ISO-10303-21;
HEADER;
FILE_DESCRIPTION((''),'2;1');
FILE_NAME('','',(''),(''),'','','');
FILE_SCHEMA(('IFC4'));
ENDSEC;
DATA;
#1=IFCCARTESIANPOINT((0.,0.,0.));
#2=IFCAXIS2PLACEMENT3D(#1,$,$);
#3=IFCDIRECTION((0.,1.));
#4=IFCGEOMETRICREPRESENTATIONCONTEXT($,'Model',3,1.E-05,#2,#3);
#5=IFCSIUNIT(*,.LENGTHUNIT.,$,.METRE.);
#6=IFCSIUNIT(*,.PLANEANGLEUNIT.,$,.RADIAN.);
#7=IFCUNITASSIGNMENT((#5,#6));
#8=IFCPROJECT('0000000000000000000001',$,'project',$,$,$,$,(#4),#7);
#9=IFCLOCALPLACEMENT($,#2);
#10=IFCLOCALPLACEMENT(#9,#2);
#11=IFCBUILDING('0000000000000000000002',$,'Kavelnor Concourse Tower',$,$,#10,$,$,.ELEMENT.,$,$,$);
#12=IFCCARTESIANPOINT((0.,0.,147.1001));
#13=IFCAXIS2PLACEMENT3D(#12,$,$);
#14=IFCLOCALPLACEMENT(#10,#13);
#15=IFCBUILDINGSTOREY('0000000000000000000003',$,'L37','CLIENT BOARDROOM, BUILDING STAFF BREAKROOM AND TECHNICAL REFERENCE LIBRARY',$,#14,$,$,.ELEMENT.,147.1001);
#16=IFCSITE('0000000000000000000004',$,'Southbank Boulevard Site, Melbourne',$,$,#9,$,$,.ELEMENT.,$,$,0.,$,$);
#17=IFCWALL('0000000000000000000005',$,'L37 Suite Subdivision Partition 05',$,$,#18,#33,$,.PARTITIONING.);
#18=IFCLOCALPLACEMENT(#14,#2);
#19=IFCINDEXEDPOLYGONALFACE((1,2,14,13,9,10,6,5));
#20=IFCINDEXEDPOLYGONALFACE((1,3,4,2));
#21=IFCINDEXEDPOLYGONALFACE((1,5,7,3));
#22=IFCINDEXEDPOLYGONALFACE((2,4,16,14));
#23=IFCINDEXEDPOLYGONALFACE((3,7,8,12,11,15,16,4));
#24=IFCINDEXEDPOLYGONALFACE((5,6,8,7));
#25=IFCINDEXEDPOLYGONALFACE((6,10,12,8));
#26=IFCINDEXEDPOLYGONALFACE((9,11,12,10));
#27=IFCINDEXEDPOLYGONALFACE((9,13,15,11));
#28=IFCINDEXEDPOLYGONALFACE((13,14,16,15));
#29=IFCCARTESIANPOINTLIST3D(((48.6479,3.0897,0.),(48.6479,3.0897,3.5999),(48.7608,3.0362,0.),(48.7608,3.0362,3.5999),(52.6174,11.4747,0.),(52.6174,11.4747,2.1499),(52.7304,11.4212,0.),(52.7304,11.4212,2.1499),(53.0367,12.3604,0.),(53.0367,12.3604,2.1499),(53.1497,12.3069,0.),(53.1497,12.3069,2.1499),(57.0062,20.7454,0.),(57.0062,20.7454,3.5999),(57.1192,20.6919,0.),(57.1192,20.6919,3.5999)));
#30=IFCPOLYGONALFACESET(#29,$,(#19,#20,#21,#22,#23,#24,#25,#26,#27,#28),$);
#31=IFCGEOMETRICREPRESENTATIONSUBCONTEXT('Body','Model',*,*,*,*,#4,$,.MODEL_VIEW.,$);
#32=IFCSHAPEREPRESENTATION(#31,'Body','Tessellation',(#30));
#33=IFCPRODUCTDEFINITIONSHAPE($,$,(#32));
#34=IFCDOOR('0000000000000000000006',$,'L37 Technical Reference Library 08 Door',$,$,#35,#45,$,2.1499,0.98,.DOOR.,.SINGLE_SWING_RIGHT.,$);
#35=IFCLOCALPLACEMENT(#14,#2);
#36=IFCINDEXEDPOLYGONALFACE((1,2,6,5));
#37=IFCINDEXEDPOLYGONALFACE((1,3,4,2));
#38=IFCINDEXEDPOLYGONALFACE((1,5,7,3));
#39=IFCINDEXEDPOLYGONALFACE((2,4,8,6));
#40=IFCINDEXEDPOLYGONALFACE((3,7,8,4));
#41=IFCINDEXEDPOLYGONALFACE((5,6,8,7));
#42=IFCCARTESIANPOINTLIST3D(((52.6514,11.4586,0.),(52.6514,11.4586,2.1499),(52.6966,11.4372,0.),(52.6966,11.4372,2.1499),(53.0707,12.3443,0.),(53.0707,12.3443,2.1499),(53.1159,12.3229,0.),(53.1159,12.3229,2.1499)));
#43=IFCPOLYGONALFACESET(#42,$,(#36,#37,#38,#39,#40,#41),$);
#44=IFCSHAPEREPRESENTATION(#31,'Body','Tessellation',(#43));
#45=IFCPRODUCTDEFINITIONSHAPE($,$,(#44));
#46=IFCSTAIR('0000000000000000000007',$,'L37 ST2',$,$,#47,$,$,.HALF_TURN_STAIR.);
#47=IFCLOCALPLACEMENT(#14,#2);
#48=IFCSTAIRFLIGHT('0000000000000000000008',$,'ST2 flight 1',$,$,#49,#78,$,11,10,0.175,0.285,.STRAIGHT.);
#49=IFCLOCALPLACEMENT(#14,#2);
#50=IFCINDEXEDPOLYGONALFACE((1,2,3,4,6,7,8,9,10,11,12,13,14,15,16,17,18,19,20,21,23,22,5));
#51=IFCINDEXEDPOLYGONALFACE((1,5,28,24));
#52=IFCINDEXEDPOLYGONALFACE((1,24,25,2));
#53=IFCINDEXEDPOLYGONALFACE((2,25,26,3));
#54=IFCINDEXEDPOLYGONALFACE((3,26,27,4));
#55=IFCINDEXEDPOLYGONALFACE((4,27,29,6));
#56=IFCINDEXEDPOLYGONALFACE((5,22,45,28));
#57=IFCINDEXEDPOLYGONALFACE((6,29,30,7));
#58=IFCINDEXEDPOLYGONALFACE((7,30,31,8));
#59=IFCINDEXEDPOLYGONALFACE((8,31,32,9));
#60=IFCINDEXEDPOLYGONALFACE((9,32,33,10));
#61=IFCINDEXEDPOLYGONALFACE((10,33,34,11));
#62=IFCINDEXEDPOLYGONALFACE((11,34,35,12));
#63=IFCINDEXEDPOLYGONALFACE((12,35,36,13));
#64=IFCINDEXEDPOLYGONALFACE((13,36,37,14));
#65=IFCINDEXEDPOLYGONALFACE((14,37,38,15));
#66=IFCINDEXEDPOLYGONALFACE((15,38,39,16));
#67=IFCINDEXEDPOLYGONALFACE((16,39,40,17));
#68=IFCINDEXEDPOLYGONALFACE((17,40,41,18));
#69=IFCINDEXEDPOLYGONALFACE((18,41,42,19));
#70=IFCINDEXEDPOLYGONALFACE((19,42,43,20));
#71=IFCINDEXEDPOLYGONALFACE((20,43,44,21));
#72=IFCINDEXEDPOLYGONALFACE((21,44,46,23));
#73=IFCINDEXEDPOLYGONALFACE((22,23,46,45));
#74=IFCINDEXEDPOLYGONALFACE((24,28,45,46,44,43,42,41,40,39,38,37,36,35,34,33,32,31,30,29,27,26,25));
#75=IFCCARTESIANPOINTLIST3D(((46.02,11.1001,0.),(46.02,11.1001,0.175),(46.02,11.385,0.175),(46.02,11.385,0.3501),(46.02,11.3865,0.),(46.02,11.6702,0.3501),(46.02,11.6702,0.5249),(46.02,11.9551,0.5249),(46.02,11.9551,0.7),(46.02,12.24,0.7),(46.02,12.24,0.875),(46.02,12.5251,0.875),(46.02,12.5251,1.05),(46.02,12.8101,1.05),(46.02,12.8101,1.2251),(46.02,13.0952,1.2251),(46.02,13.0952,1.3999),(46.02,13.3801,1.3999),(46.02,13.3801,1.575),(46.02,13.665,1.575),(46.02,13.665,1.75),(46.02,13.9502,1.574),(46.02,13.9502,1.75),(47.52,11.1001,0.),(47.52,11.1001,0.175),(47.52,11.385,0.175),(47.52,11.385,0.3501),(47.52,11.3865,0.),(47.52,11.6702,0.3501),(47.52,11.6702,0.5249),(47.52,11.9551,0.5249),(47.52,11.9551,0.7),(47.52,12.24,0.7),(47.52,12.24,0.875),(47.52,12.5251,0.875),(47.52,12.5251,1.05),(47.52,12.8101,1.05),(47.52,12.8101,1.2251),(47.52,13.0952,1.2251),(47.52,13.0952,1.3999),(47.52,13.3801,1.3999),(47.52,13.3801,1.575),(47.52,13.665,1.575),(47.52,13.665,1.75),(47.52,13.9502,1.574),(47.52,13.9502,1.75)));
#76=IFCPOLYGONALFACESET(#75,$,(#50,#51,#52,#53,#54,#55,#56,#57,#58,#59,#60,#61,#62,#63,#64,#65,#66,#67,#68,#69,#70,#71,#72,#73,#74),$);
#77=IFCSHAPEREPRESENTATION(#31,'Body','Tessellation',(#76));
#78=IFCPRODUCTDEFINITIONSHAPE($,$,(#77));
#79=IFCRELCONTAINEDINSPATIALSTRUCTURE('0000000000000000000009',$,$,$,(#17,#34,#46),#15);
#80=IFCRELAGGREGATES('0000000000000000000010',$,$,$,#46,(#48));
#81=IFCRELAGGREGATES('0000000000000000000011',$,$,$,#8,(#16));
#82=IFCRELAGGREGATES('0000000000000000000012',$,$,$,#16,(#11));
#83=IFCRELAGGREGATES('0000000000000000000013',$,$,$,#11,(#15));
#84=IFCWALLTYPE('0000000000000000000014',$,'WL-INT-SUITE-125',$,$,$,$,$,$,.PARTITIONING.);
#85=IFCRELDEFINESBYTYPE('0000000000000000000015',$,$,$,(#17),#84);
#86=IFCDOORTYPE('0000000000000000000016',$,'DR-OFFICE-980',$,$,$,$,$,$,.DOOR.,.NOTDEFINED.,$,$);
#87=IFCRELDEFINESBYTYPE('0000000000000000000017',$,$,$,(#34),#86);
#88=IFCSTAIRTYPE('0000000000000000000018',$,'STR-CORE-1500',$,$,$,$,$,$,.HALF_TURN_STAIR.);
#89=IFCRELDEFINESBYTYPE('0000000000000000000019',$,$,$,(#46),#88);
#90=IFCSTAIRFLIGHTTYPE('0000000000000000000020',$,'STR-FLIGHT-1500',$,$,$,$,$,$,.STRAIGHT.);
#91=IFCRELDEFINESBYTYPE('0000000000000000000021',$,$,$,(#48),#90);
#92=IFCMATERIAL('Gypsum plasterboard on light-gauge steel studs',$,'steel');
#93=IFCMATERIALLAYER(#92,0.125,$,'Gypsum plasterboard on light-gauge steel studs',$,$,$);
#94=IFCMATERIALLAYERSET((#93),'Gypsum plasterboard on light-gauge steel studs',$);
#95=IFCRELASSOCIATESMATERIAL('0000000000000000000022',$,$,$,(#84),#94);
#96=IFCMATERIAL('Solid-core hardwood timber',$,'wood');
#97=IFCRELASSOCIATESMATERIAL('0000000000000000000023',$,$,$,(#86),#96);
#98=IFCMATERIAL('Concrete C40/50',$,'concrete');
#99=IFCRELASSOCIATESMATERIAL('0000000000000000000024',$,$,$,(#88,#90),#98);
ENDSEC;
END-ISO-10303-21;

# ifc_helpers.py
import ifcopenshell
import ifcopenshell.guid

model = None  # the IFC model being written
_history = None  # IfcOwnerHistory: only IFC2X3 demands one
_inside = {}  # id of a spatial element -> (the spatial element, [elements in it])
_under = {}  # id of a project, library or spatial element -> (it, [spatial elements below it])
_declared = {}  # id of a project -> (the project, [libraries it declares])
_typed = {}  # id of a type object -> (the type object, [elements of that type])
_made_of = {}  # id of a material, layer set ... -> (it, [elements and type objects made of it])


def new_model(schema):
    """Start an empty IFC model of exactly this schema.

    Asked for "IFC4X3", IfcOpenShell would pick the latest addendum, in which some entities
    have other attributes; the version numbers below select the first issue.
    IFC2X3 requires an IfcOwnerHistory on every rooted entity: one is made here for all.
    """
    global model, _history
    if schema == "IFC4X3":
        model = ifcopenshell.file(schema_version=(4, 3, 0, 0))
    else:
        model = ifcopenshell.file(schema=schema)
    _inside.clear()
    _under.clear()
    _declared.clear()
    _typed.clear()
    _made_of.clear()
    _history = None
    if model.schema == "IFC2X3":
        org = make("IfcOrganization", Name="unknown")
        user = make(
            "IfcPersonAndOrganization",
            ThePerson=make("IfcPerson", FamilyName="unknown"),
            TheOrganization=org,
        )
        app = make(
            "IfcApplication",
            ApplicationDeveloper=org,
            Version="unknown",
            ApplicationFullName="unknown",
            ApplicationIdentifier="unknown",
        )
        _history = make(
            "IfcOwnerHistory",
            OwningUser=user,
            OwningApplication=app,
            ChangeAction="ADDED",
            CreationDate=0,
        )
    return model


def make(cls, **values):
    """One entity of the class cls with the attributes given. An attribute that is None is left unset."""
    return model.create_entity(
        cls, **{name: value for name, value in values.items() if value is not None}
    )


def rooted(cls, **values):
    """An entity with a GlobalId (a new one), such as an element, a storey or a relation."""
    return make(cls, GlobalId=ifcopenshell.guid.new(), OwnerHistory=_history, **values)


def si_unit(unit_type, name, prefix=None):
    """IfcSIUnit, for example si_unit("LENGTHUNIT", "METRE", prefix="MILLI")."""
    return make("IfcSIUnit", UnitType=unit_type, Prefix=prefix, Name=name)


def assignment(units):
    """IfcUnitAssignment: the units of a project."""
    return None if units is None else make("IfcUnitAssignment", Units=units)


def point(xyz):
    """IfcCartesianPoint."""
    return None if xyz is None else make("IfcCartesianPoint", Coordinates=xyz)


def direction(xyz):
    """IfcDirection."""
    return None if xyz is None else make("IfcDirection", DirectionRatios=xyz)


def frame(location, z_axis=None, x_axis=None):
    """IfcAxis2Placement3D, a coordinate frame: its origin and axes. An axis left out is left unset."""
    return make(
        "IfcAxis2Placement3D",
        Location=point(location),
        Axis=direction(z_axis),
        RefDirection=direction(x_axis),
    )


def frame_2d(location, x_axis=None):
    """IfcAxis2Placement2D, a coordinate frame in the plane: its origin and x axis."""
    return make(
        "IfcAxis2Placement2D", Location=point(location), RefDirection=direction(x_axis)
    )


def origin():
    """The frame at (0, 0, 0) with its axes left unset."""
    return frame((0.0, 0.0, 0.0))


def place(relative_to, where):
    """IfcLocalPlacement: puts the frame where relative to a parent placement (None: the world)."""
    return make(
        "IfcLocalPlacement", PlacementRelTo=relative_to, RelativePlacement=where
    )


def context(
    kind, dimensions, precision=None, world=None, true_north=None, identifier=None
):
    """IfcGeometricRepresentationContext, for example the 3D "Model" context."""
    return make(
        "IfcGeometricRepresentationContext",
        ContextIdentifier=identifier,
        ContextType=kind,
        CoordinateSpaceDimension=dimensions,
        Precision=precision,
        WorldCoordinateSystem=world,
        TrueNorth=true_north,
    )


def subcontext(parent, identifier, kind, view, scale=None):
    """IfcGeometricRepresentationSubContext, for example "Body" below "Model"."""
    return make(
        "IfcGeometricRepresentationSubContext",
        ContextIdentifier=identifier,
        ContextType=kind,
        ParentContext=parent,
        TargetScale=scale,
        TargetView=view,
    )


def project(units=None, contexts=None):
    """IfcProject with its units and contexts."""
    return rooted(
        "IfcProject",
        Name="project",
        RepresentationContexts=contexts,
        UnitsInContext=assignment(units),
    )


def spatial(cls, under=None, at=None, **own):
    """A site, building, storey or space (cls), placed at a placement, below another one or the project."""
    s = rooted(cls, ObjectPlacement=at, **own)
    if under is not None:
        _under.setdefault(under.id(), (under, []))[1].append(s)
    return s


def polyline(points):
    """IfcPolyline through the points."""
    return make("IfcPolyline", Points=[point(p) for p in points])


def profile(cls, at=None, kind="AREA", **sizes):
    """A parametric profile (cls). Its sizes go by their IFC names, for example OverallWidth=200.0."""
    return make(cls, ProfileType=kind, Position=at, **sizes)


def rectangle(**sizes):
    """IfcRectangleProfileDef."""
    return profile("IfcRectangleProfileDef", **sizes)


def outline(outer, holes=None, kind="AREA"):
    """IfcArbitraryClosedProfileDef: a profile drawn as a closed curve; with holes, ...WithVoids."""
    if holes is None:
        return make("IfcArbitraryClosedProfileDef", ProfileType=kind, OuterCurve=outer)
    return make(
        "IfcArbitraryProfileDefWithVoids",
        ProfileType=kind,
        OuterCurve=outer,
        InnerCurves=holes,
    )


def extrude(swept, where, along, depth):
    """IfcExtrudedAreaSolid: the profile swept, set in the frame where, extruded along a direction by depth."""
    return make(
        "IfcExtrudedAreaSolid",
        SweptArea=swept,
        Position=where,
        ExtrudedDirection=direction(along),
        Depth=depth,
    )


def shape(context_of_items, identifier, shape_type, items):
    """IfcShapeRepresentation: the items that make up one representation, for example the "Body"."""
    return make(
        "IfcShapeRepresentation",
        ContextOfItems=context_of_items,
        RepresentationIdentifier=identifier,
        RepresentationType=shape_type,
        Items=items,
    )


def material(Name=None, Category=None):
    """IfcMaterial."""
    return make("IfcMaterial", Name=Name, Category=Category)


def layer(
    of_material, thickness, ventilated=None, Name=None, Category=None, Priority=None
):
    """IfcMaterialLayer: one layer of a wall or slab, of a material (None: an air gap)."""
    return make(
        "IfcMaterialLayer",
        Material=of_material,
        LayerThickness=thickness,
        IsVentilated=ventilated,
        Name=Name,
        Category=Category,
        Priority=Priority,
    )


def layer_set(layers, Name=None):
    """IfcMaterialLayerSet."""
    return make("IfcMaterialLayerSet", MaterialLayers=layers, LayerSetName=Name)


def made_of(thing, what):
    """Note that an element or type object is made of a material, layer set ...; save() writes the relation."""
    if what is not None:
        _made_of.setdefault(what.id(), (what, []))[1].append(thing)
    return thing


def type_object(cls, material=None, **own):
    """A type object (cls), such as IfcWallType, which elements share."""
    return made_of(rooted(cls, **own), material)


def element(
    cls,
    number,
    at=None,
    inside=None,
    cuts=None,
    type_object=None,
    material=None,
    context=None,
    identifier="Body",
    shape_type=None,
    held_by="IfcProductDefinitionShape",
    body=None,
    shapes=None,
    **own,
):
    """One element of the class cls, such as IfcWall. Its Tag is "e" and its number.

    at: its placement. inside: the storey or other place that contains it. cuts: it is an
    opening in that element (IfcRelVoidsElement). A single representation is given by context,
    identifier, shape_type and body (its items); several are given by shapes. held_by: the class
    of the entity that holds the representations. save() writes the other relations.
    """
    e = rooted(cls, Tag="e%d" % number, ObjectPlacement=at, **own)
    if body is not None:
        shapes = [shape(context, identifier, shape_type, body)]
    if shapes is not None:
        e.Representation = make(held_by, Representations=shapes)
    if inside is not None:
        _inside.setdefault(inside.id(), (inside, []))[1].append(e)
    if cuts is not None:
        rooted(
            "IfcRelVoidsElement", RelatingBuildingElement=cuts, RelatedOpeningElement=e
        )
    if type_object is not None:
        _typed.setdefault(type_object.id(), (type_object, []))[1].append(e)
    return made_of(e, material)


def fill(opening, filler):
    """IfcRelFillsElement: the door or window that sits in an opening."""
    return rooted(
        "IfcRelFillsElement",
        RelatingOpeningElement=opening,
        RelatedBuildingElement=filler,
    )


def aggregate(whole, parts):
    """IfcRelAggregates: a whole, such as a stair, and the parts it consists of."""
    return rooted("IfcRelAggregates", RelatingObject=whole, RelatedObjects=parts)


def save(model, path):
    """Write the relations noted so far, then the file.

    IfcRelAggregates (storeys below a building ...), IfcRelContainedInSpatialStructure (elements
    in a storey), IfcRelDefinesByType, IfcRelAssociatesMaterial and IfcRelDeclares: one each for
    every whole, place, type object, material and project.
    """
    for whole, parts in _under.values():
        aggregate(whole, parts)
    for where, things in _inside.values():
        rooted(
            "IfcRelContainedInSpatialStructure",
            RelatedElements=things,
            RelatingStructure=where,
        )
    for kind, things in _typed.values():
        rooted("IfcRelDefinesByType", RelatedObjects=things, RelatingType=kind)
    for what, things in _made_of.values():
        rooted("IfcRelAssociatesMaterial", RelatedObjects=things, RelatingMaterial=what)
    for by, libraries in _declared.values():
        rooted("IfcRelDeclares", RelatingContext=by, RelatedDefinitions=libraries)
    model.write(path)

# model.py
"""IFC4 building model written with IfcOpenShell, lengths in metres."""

from ifc_helpers import new_model, si_unit, direction, frame, frame_2d, origin, place, context, subcontext, project, spatial, polyline, rectangle, outline, extrude, material, layer, layer_set, type_object, element, fill, aggregate, save


model = new_model("IFC4")

# Units and contexts
model_context = context("Model", 3, precision=1e-05, world=origin(), true_north=direction((0.0, 1.0)))
body_context = subcontext(model_context, "Body", "Model", "MODEL_VIEW")
ifc_project = project(units=[si_unit("LENGTHUNIT", "METRE"), si_unit("PLANEANGLEUNIT", "RADIAN")], contexts=[model_context])

# Site, building, storey
site_placement = place(None, origin())
site = spatial("IfcSite", under=ifc_project, at=site_placement, Name="Southbank Boulevard Site, Melbourne", CompositionType="ELEMENT", RefElevation=0.0)
building_placement = place(site_placement, origin())
building = spatial("IfcBuilding", under=site, at=building_placement, Name="Kavelnor Concourse Tower", CompositionType="ELEMENT")
storey_placement = place(building_placement, frame((0.0, 0.0, 147.1001)))
storey = spatial("IfcBuildingStorey", under=building, at=storey_placement, Name="L37", Description="CLIENT BOARDROOM, BUILDING STAFF BREAKROOM AND TECHNICAL REFERENCE LIBRARY", CompositionType="ELEMENT", Elevation=147.1001)

# Wall, opening, door
ifc_material_1 = material(Name="Gypsum plasterboard on light-gauge steel studs", Category="steel")
ifc_material_2 = material(Name="Solid-core hardwood timber", Category="wood")
ifc_layer_1 = layer(ifc_material_1, 0.125, Name="Gypsum plasterboard on light-gauge steel studs")
ifc_layer_set_1 = layer_set([ifc_layer_1], Name="Gypsum plasterboard on light-gauge steel studs")
wall_type_1 = type_object("IfcWallType", Name="WL-INT-SUITE-125", PredefinedType="PARTITIONING", material=ifc_layer_set_1)
wall_1_placement = place(storey_placement, frame((48.7043, 3.063, 0.0), z_axis=(0.0, 0.0, 1.0), x_axis=(0.427883, 0.903834, 0.0)))
wall_1 = element("IfcWall", 1, at=wall_1_placement, inside=storey, type_object=wall_type_1, Name="L37 Suite Subdivision Partition 05", PredefinedType="PARTITIONING", context=body_context, shape_type="SweptSolid", body=[
    extrude(rectangle(XDim=19.5342, YDim=0.125, at=frame_2d((9.7671, 0.0))), origin(), (0.0, 0.0, 1.0), 3.5999),
])
opening_1_placement = place(wall_1_placement, frame((9.2771, 0.0, 0.0)))
opening_1 = element("IfcOpeningElement", 2, at=opening_1_placement, cuts=wall_1, PredefinedType="OPENING", context=body_context, shape_type="SweptSolid", body=[
    extrude(rectangle(XDim=0.98, YDim=2.1499, at=frame_2d((0.49, 1.075))), frame((0.0, 0.0725, 0.0), z_axis=(0.0, -1.0, 0.0), x_axis=(1.0, 0.0, 0.0)), (0.0, 0.0, 1.0), 0.145),
])
door_type_1 = type_object("IfcDoorType", Name="DR-OFFICE-980", OperationType="NOTDEFINED", PredefinedType="DOOR", material=ifc_material_2)
door_1_placement = place(opening_1_placement, origin())
door_1 = element("IfcDoor", 3, at=door_1_placement, inside=storey, type_object=door_type_1, Name="L37 Technical Reference Library 08 Door", OperationType="SINGLE_SWING_RIGHT", OverallHeight=2.1499, OverallWidth=0.98, PredefinedType="DOOR", context=body_context, shape_type="SweptSolid", body=[
    extrude(rectangle(XDim=0.98, YDim=2.1499, at=frame_2d((0.49, 1.075))), frame((0.0, 0.0249, 0.0), z_axis=(0.0, -1.0, 0.0), x_axis=(1.0, 0.0, 0.0)), (0.0, 0.0, 1.0), 0.05),
])
fill(opening_1, door_1)

# Stair, stair flight
ifc_material_3 = material(Name="Concrete C40/50", Category="concrete")
stair_type = type_object("IfcStairType", Name="STR-CORE-1500", PredefinedType="HALF_TURN_STAIR", material=ifc_material_3)
stair_placement = place(storey_placement, origin())
stair = element("IfcStair", 4, at=stair_placement, inside=storey, type_object=stair_type, Name="L37 ST2", PredefinedType="HALF_TURN_STAIR")
stair_flight_type = type_object("IfcStairFlightType", Name="STR-FLIGHT-1500", PredefinedType="STRAIGHT", material=ifc_material_3)
stair_flight_placement = place(storey_placement, frame((46.77, 11.1001, 0.0), z_axis=(0.0, 0.0, 1.0), x_axis=(0.0, 1.0, 0.0)))
stair_flight = element("IfcStairFlight", 5, at=stair_flight_placement, type_object=stair_flight_type, Name="ST2 flight 1", NumberOfRisers=11, NumberOfTreads=10, PredefinedType="STRAIGHT", RiserHeight=0.175, TreadLength=0.285, context=body_context, shape_type="SweptSolid", body=[
    extrude(outline(polyline([(0.0, 0.0), (0.0, 0.175), (0.2849, 0.175), (0.2849, 0.3501), (0.5701, 0.3501), (0.5701, 0.5249), (0.855, 0.5249), (0.855, 0.7), (1.1399, 0.7), (1.1399, 0.875), (1.425, 0.875), (1.425, 1.05), (1.71, 1.05), (1.71, 1.2251), (1.9951, 1.2251), (1.9951, 1.3999), (2.28, 1.3999), (2.28, 1.575), (2.5649, 1.575), (2.5649, 1.75), (2.8501, 1.75), (2.8501, 1.925), (2.8501, 1.574), (0.2864, 0.0), (0.0, 0.0)])), frame((0.0, 0.75, 0.0), z_axis=(0.0, -1.0, 0.0), x_axis=(1.0, 0.0, 0.0)), (0.0, 0.0, 1.0), 1.5),
])
aggregate(stair, [stair_flight])

save(model, "model.ifc")
